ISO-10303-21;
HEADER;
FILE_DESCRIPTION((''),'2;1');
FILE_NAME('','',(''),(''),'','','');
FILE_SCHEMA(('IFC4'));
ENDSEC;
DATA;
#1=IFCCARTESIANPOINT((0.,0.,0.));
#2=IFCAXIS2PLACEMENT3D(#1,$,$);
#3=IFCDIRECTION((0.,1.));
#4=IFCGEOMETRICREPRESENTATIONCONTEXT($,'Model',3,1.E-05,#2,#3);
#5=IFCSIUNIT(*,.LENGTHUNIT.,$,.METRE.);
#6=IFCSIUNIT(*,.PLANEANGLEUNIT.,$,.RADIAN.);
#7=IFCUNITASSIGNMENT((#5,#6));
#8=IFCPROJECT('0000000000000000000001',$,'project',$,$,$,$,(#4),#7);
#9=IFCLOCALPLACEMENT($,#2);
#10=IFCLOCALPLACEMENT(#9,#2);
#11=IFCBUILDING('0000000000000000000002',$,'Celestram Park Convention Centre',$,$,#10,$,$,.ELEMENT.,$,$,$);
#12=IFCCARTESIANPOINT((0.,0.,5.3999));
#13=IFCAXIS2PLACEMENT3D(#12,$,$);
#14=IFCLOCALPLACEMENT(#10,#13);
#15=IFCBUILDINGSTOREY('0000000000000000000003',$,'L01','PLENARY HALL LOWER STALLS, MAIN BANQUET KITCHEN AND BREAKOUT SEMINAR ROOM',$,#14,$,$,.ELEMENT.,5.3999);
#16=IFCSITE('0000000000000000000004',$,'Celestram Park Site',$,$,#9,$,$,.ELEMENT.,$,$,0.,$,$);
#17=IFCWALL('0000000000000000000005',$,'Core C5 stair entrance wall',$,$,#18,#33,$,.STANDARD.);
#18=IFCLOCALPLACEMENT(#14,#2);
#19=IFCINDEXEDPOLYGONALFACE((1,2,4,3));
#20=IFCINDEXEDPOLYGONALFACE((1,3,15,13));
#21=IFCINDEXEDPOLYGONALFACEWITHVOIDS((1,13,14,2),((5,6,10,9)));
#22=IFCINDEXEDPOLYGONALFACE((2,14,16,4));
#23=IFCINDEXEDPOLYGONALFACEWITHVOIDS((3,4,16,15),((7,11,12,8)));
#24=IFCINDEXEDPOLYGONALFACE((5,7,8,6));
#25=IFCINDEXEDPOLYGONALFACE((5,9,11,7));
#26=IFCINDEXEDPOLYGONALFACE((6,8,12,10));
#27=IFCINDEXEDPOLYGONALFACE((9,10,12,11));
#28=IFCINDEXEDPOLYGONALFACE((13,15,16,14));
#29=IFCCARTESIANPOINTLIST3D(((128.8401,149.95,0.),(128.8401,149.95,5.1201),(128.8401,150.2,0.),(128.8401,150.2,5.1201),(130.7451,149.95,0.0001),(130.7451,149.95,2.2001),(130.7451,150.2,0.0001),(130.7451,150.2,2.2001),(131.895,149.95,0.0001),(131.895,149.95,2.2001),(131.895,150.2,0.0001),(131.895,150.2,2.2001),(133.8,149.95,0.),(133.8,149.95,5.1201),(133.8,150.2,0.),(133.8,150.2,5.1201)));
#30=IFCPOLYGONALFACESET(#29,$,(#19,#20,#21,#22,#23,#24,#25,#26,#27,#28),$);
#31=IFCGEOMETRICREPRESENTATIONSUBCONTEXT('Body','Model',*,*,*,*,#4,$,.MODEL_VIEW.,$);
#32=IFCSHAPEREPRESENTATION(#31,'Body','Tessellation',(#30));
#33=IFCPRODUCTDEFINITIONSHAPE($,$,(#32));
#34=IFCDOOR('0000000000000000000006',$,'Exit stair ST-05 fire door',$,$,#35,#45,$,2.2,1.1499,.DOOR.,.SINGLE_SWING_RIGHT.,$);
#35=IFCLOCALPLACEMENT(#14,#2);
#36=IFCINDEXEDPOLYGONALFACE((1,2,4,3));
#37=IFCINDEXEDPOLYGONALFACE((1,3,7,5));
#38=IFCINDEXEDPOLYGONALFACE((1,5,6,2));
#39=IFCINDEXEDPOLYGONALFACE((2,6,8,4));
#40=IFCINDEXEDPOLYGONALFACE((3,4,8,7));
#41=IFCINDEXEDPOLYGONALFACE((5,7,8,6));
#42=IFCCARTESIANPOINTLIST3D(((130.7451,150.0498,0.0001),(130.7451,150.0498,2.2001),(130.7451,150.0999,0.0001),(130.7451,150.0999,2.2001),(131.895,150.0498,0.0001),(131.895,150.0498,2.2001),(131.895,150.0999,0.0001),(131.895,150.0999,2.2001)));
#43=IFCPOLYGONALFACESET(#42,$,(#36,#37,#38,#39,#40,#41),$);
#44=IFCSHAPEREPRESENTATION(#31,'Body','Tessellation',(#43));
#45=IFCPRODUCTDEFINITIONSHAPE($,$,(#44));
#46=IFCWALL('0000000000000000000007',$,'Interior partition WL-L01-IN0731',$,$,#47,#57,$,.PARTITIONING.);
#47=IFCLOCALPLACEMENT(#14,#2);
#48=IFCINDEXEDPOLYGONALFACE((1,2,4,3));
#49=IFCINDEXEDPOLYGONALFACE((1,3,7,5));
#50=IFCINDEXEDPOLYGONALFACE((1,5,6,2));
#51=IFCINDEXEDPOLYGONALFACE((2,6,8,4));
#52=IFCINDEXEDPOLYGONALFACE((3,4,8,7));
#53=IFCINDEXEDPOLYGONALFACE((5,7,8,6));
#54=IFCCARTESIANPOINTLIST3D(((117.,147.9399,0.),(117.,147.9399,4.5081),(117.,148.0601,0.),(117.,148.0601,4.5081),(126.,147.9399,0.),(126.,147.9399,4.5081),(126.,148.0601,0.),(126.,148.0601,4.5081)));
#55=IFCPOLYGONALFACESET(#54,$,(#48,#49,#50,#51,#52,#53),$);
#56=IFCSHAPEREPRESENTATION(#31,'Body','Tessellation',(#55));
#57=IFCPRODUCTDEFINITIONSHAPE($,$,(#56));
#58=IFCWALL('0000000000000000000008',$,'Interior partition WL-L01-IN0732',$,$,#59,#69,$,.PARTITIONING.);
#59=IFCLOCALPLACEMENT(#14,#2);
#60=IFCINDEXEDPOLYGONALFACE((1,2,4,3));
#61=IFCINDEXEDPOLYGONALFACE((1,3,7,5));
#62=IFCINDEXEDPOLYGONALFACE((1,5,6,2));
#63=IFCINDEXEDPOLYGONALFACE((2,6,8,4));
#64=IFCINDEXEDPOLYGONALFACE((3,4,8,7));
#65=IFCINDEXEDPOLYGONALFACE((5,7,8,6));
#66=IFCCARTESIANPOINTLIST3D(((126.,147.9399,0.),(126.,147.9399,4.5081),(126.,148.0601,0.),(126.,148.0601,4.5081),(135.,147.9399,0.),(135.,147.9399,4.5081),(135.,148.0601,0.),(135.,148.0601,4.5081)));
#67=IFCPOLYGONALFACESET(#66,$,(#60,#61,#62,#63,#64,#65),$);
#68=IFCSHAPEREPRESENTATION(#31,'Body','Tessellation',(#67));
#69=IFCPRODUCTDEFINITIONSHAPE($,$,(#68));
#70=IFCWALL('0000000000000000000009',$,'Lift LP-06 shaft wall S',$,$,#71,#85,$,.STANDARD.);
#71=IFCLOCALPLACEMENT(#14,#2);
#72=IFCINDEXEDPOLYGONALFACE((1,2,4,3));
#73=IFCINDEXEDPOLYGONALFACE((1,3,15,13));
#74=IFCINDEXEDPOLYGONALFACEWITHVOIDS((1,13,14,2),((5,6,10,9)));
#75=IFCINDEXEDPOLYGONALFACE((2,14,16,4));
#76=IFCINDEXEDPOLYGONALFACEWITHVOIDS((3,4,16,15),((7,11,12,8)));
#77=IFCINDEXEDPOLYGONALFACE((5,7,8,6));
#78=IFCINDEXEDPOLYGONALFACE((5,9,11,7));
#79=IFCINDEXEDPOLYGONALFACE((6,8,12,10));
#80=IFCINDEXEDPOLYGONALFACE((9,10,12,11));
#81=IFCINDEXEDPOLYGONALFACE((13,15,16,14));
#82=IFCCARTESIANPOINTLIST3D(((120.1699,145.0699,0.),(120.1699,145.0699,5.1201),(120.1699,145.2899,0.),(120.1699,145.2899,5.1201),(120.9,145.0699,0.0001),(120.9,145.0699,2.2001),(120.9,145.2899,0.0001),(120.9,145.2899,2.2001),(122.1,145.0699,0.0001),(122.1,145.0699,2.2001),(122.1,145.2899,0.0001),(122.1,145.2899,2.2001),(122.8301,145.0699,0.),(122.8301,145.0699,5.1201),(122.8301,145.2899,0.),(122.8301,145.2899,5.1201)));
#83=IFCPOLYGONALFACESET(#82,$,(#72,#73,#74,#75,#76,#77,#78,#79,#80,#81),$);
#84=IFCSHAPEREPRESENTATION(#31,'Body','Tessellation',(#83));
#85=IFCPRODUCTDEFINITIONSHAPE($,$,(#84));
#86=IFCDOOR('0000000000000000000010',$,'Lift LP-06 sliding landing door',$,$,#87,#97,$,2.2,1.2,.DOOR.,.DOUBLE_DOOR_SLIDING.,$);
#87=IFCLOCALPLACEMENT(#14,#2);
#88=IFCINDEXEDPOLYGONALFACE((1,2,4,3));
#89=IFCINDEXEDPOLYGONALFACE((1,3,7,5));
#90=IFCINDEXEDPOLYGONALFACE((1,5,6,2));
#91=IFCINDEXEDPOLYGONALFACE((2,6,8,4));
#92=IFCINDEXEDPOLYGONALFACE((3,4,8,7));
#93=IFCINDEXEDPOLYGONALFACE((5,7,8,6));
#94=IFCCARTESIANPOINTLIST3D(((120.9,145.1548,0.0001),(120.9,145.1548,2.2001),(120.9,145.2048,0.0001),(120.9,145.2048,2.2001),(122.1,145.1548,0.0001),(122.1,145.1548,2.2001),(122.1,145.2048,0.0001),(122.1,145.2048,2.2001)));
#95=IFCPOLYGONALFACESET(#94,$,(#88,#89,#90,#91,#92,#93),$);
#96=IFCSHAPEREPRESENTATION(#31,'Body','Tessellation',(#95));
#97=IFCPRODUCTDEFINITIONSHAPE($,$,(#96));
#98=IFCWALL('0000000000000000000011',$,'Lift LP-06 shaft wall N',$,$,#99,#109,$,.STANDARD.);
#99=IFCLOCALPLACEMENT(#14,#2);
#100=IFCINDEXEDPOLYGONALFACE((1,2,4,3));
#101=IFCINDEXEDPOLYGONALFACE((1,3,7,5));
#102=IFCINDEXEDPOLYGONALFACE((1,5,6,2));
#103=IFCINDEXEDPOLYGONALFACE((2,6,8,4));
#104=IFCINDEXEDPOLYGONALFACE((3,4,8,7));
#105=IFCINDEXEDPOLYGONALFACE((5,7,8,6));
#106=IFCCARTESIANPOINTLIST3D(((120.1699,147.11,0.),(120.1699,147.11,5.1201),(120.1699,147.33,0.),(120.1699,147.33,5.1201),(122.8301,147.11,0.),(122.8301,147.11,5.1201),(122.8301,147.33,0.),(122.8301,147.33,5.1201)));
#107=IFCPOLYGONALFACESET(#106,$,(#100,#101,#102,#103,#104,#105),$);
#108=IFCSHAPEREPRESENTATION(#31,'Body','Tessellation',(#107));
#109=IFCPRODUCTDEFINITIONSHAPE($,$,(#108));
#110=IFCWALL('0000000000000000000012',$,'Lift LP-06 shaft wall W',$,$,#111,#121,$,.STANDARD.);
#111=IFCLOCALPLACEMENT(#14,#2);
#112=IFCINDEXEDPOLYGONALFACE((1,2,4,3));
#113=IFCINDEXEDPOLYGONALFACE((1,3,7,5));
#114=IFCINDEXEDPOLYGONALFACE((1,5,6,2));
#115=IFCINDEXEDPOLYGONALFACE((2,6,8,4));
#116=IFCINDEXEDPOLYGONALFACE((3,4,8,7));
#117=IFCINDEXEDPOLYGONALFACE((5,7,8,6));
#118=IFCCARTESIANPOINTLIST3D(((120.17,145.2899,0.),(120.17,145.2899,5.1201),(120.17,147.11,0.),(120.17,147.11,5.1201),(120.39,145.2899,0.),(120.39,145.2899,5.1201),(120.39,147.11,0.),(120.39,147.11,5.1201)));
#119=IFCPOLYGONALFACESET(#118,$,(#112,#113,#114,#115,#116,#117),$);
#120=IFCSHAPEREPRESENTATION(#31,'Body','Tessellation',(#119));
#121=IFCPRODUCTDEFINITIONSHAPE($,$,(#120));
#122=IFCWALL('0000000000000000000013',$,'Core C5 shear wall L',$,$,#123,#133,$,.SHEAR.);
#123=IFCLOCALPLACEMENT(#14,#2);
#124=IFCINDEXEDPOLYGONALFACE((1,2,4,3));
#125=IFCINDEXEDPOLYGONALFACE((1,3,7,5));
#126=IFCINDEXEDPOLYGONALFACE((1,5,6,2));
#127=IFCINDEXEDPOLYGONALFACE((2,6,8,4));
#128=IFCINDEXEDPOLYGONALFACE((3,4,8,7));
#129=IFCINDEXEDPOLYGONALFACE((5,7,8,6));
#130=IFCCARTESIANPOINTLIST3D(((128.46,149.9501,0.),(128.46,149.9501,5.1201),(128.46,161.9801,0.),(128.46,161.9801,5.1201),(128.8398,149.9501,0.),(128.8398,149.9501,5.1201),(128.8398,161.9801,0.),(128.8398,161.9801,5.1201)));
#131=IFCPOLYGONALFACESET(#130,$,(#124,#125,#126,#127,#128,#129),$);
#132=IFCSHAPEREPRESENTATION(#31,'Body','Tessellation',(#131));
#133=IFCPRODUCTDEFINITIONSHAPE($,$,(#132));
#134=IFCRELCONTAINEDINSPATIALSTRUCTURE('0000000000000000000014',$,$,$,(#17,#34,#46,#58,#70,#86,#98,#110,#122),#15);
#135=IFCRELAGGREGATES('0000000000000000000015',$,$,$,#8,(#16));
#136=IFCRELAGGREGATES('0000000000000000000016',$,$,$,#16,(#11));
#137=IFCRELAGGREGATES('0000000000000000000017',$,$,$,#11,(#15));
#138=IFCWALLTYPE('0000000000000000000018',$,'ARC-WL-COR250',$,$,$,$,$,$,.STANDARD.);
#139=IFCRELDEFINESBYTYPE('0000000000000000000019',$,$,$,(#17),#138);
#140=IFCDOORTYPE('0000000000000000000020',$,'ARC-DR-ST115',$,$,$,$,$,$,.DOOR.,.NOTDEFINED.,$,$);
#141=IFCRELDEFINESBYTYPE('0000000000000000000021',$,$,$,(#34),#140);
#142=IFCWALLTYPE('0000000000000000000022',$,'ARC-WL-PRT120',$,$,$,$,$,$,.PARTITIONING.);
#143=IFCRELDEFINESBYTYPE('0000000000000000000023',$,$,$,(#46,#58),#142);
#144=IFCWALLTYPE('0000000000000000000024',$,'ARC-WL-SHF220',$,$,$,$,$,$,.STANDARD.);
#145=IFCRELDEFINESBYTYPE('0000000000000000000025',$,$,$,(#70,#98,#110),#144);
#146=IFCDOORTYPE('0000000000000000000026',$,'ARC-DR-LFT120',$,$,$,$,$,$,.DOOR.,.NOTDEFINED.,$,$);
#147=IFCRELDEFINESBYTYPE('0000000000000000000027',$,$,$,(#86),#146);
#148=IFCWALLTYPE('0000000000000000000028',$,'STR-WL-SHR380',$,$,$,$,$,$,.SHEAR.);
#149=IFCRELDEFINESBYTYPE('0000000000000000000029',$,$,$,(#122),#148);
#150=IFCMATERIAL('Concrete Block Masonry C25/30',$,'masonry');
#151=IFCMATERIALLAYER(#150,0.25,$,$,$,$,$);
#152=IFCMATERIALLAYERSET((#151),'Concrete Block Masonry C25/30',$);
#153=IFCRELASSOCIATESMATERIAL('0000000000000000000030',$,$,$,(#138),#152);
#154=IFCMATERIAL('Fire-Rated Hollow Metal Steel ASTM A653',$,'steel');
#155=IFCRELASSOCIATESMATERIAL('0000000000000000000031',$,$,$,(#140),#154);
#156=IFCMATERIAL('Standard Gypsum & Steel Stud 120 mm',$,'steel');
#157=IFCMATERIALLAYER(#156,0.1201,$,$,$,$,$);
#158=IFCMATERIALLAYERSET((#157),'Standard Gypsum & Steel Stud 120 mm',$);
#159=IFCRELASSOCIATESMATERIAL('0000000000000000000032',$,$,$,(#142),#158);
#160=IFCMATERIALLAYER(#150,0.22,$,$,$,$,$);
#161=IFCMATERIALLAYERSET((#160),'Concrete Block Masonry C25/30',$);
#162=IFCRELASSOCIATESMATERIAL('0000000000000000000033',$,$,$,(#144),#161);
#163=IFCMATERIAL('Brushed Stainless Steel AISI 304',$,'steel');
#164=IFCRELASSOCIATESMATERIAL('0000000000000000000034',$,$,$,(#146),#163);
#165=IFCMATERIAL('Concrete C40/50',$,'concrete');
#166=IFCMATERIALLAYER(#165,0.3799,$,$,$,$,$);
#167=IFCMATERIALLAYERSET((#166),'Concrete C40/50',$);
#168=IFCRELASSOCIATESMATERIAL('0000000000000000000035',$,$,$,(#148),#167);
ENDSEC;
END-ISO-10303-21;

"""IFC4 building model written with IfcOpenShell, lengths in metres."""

from ifc_helpers import new_model, si_unit, direction, frame, frame_2d, origin, place, context, subcontext, project, spatial, rectangle, extrude, material, layer, layer_set, type_object, element, fill, save


model = new_model("IFC4")

# Units and contexts
model_context = context("Model", 3, precision=1e-05, world=origin(), true_north=direction((0.0, 1.0)))
body_context = subcontext(model_context, "Body", "Model", "MODEL_VIEW")
ifc_project = project(units=[si_unit("LENGTHUNIT", "METRE"), si_unit("PLANEANGLEUNIT", "RADIAN")], contexts=[model_context])

# Site, building, storey
site_placement = place(None, origin())
site = spatial("IfcSite", under=ifc_project, at=site_placement, Name="Celestram Park Site", CompositionType="ELEMENT", RefElevation=0.0)
building_placement = place(site_placement, origin())
building = spatial("IfcBuilding", under=site, at=building_placement, Name="Celestram Park Convention Centre", CompositionType="ELEMENT")
storey_placement = place(building_placement, frame((0.0, 0.0, 5.3999)))
storey = spatial("IfcBuildingStorey", under=building, at=storey_placement, Name="L01", Description="PLENARY HALL LOWER STALLS, MAIN BANQUET KITCHEN AND BREAKOUT SEMINAR ROOM", CompositionType="ELEMENT", Elevation=5.3999)

# Shared definitions
ifc_material_1 = material(Name="Concrete C40/50", Category="concrete")

# Wall, opening, door
ifc_material_2 = material(Name="Concrete Block Masonry C25/30", Category="masonry")
ifc_layer_1 = layer(ifc_material_2, 0.25)
ifc_layer_set_1 = layer_set([ifc_layer_1], Name="Concrete Block Masonry C25/30")
wall_type_1 = type_object("IfcWallType", Name="ARC-WL-COR250", PredefinedType="STANDARD", material=ifc_layer_set_1)
wall_1_placement = place(storey_placement, frame((128.8401, 150.075, 0.0), z_axis=(0.0, 0.0, 1.0), x_axis=(1.0, 0.0, 0.0)))
wall_1 = element("IfcWall", 1, at=wall_1_placement, inside=storey, type_object=wall_type_1, Name="Core C5 stair entrance wall", PredefinedType="STANDARD", context=body_context, shape_type="SweptSolid", body=[
    extrude(rectangle(XDim=4.96, YDim=0.25, at=frame_2d((2.48, 0.0))), origin(), (0.0, 0.0, 1.0), 5.1201),
])
opening_1_placement = place(wall_1_placement, frame((1.905, 0.0, 0.0)))
opening_1 = element("IfcOpeningElement", 2, at=opening_1_placement, cuts=wall_1, PredefinedType="OPENING", context=body_context, shape_type="SweptSolid", body=[
    extrude(rectangle(XDim=1.1499, YDim=2.2, at=frame_2d((0.575, 1.1001))), frame((0.0, 0.135, 0.0), z_axis=(0.0, -1.0, 0.0), x_axis=(1.0, 0.0, 0.0)), (0.0, 0.0, 1.0), 0.27),
])
ifc_material_3 = material(Name="Fire-Rated Hollow Metal Steel ASTM A653", Category="steel")
door_type_1 = type_object("IfcDoorType", Name="ARC-DR-ST115", OperationType="NOTDEFINED", PredefinedType="DOOR", material=ifc_material_3)
door_1_placement = place(opening_1_placement, origin())
door_1 = element("IfcDoor", 3, at=door_1_placement, inside=storey, type_object=door_type_1, Name="Exit stair ST-05 fire door", OperationType="SINGLE_SWING_RIGHT", OverallHeight=2.2, OverallWidth=1.1499, PredefinedType="DOOR", context=body_context, shape_type="SweptSolid", body=[
    extrude(rectangle(XDim=1.1499, YDim=2.2, at=frame_2d((0.575, 1.1001))), frame((0.0, 0.0249, 0.0), z_axis=(0.0, -1.0, 0.0), x_axis=(1.0, 0.0, 0.0)), (0.0, 0.0, 1.0), 0.05),
])
fill(opening_1, door_1)

# Walls
ifc_material_4 = material(Name="Standard Gypsum & Steel Stud 120 mm", Category="steel")
ifc_layer_2 = layer(ifc_material_4, 0.1201)
ifc_layer_set_2 = layer_set([ifc_layer_2], Name="Standard Gypsum & Steel Stud 120 mm")
wall_type_2 = type_object("IfcWallType", Name="ARC-WL-PRT120", PredefinedType="PARTITIONING", material=ifc_layer_set_2)
for number, where, z_axis, x_axis, name in (
    (4, (117.0, 148.0, 0.0), (0.0, 0.0, 1.0), (1.0, 0.0, 0.0), "Interior partition WL-L01-IN0731"),
    (5, (126.0, 148.0, 0.0), (0.0, 0.0, 1.0), (1.0, 0.0, 0.0), "Interior partition WL-L01-IN0732"),
):
    element("IfcWall", number, at=place(storey_placement, frame(where, z_axis=z_axis, x_axis=x_axis)), inside=storey, type_object=wall_type_2, Name=name, PredefinedType="PARTITIONING", context=body_context, shape_type="SweptSolid", body=[
        extrude(rectangle(XDim=9.0, YDim=0.1201, at=frame_2d((4.5, 0.0))), origin(), (0.0, 0.0, 1.0), 4.5081),
    ])

# Wall, opening, door
ifc_layer_3 = layer(ifc_material_2, 0.22)
ifc_layer_set_3 = layer_set([ifc_layer_3], Name="Concrete Block Masonry C25/30")
wall_type_3 = type_object("IfcWallType", Name="ARC-WL-SHF220", PredefinedType="STANDARD", material=ifc_layer_set_3)
wall_2_placement = place(storey_placement, frame((120.1699, 145.1799, 0.0), z_axis=(0.0, 0.0, 1.0), x_axis=(1.0, 0.0, 0.0)))
wall_2 = element("IfcWall", 6, at=wall_2_placement, inside=storey, type_object=wall_type_3, Name="Lift LP-06 shaft wall S", PredefinedType="STANDARD", context=body_context, shape_type="SweptSolid", body=[
    extrude(rectangle(XDim=2.6602, YDim=0.22, at=frame_2d((1.3301, 0.0))), origin(), (0.0, 0.0, 1.0), 5.1201),
])
opening_2_placement = place(wall_2_placement, frame((0.73, 0.0, 0.0)))
opening_2 = element("IfcOpeningElement", 7, at=opening_2_placement, cuts=wall_2, PredefinedType="OPENING", context=body_context, shape_type="SweptSolid", body=[
    extrude(rectangle(XDim=1.2, YDim=2.2, at=frame_2d((0.6001, 1.1001))), frame((0.0, 0.1199, 0.0), z_axis=(0.0, -1.0, 0.0), x_axis=(1.0, 0.0, 0.0)), (0.0, 0.0, 1.0), 0.24),
])
ifc_material_5 = material(Name="Brushed Stainless Steel AISI 304", Category="steel")
door_type_2 = type_object("IfcDoorType", Name="ARC-DR-LFT120", OperationType="NOTDEFINED", PredefinedType="DOOR", material=ifc_material_5)
door_2_placement = place(opening_2_placement, origin())
door_2 = element("IfcDoor", 8, at=door_2_placement, inside=storey, type_object=door_type_2, Name="Lift LP-06 sliding landing door", OperationType="DOUBLE_DOOR_SLIDING", OverallHeight=2.2, OverallWidth=1.2, PredefinedType="DOOR", context=body_context, shape_type="SweptSolid", body=[
    extrude(rectangle(XDim=1.2, YDim=2.2, at=frame_2d((0.6001, 1.1001))), frame((0.0, 0.0249, 0.0), z_axis=(0.0, -1.0, 0.0), x_axis=(1.0, 0.0, 0.0)), (0.0, 0.0, 1.0), 0.05),
])
fill(opening_2, door_2)

# Walls
wall_3_placement = place(storey_placement, frame((122.8301, 147.22, 0.0), z_axis=(0.0, 0.0, 1.0), x_axis=(-1.0, 0.0, 0.0)))
element("IfcWall", 9, at=wall_3_placement, inside=storey, type_object=wall_type_3, Name="Lift LP-06 shaft wall N", PredefinedType="STANDARD", context=body_context, shape_type="SweptSolid", body=[
    extrude(rectangle(XDim=2.6602, YDim=0.22, at=frame_2d((1.3301, 0.0))), origin(), (0.0, 0.0, 1.0), 5.1201),
])
for number, where, z_axis, x_axis, name in (
    (10, (120.28, 147.1101, 0.0), (0.0, 0.0, 1.0), (0.0, -1.0, 0.0), "Lift LP-06 shaft wall W"),
):
    element("IfcWall", number, at=place(storey_placement, frame(where, z_axis=z_axis, x_axis=x_axis)), inside=storey, type_object=wall_type_3, Name=name, PredefinedType="STANDARD", context=body_context, shape_type="SweptSolid", body=[
        extrude(rectangle(XDim=1.8201, YDim=0.22, at=frame_2d((0.9102, 0.0))), origin(), (0.0, 0.0, 1.0), 5.1201),
    ])
ifc_layer_4 = layer(ifc_material_1, 0.3799)
ifc_layer_set_4 = layer_set([ifc_layer_4], Name="Concrete C40/50")
wall_type_4 = type_object("IfcWallType", Name="STR-WL-SHR380", PredefinedType="SHEAR", material=ifc_layer_set_4)
wall_4_placement = place(storey_placement, frame((128.6499, 149.95, 0.0), z_axis=(0.0, 0.0, 1.0), x_axis=(0.0, 1.0, 0.0)))
element("IfcWall", 11, at=wall_4_placement, inside=storey, type_object=wall_type_4, Name="Core C5 shear wall L", PredefinedType="SHEAR", context=body_context, shape_type="SweptSolid", body=[
    extrude(rectangle(XDim=12.03, YDim=0.3799, at=frame_2d((6.0151, 0.0))), origin(), (0.0, 0.0, 1.0), 5.1201),
])

save(model, "model.ifc")
